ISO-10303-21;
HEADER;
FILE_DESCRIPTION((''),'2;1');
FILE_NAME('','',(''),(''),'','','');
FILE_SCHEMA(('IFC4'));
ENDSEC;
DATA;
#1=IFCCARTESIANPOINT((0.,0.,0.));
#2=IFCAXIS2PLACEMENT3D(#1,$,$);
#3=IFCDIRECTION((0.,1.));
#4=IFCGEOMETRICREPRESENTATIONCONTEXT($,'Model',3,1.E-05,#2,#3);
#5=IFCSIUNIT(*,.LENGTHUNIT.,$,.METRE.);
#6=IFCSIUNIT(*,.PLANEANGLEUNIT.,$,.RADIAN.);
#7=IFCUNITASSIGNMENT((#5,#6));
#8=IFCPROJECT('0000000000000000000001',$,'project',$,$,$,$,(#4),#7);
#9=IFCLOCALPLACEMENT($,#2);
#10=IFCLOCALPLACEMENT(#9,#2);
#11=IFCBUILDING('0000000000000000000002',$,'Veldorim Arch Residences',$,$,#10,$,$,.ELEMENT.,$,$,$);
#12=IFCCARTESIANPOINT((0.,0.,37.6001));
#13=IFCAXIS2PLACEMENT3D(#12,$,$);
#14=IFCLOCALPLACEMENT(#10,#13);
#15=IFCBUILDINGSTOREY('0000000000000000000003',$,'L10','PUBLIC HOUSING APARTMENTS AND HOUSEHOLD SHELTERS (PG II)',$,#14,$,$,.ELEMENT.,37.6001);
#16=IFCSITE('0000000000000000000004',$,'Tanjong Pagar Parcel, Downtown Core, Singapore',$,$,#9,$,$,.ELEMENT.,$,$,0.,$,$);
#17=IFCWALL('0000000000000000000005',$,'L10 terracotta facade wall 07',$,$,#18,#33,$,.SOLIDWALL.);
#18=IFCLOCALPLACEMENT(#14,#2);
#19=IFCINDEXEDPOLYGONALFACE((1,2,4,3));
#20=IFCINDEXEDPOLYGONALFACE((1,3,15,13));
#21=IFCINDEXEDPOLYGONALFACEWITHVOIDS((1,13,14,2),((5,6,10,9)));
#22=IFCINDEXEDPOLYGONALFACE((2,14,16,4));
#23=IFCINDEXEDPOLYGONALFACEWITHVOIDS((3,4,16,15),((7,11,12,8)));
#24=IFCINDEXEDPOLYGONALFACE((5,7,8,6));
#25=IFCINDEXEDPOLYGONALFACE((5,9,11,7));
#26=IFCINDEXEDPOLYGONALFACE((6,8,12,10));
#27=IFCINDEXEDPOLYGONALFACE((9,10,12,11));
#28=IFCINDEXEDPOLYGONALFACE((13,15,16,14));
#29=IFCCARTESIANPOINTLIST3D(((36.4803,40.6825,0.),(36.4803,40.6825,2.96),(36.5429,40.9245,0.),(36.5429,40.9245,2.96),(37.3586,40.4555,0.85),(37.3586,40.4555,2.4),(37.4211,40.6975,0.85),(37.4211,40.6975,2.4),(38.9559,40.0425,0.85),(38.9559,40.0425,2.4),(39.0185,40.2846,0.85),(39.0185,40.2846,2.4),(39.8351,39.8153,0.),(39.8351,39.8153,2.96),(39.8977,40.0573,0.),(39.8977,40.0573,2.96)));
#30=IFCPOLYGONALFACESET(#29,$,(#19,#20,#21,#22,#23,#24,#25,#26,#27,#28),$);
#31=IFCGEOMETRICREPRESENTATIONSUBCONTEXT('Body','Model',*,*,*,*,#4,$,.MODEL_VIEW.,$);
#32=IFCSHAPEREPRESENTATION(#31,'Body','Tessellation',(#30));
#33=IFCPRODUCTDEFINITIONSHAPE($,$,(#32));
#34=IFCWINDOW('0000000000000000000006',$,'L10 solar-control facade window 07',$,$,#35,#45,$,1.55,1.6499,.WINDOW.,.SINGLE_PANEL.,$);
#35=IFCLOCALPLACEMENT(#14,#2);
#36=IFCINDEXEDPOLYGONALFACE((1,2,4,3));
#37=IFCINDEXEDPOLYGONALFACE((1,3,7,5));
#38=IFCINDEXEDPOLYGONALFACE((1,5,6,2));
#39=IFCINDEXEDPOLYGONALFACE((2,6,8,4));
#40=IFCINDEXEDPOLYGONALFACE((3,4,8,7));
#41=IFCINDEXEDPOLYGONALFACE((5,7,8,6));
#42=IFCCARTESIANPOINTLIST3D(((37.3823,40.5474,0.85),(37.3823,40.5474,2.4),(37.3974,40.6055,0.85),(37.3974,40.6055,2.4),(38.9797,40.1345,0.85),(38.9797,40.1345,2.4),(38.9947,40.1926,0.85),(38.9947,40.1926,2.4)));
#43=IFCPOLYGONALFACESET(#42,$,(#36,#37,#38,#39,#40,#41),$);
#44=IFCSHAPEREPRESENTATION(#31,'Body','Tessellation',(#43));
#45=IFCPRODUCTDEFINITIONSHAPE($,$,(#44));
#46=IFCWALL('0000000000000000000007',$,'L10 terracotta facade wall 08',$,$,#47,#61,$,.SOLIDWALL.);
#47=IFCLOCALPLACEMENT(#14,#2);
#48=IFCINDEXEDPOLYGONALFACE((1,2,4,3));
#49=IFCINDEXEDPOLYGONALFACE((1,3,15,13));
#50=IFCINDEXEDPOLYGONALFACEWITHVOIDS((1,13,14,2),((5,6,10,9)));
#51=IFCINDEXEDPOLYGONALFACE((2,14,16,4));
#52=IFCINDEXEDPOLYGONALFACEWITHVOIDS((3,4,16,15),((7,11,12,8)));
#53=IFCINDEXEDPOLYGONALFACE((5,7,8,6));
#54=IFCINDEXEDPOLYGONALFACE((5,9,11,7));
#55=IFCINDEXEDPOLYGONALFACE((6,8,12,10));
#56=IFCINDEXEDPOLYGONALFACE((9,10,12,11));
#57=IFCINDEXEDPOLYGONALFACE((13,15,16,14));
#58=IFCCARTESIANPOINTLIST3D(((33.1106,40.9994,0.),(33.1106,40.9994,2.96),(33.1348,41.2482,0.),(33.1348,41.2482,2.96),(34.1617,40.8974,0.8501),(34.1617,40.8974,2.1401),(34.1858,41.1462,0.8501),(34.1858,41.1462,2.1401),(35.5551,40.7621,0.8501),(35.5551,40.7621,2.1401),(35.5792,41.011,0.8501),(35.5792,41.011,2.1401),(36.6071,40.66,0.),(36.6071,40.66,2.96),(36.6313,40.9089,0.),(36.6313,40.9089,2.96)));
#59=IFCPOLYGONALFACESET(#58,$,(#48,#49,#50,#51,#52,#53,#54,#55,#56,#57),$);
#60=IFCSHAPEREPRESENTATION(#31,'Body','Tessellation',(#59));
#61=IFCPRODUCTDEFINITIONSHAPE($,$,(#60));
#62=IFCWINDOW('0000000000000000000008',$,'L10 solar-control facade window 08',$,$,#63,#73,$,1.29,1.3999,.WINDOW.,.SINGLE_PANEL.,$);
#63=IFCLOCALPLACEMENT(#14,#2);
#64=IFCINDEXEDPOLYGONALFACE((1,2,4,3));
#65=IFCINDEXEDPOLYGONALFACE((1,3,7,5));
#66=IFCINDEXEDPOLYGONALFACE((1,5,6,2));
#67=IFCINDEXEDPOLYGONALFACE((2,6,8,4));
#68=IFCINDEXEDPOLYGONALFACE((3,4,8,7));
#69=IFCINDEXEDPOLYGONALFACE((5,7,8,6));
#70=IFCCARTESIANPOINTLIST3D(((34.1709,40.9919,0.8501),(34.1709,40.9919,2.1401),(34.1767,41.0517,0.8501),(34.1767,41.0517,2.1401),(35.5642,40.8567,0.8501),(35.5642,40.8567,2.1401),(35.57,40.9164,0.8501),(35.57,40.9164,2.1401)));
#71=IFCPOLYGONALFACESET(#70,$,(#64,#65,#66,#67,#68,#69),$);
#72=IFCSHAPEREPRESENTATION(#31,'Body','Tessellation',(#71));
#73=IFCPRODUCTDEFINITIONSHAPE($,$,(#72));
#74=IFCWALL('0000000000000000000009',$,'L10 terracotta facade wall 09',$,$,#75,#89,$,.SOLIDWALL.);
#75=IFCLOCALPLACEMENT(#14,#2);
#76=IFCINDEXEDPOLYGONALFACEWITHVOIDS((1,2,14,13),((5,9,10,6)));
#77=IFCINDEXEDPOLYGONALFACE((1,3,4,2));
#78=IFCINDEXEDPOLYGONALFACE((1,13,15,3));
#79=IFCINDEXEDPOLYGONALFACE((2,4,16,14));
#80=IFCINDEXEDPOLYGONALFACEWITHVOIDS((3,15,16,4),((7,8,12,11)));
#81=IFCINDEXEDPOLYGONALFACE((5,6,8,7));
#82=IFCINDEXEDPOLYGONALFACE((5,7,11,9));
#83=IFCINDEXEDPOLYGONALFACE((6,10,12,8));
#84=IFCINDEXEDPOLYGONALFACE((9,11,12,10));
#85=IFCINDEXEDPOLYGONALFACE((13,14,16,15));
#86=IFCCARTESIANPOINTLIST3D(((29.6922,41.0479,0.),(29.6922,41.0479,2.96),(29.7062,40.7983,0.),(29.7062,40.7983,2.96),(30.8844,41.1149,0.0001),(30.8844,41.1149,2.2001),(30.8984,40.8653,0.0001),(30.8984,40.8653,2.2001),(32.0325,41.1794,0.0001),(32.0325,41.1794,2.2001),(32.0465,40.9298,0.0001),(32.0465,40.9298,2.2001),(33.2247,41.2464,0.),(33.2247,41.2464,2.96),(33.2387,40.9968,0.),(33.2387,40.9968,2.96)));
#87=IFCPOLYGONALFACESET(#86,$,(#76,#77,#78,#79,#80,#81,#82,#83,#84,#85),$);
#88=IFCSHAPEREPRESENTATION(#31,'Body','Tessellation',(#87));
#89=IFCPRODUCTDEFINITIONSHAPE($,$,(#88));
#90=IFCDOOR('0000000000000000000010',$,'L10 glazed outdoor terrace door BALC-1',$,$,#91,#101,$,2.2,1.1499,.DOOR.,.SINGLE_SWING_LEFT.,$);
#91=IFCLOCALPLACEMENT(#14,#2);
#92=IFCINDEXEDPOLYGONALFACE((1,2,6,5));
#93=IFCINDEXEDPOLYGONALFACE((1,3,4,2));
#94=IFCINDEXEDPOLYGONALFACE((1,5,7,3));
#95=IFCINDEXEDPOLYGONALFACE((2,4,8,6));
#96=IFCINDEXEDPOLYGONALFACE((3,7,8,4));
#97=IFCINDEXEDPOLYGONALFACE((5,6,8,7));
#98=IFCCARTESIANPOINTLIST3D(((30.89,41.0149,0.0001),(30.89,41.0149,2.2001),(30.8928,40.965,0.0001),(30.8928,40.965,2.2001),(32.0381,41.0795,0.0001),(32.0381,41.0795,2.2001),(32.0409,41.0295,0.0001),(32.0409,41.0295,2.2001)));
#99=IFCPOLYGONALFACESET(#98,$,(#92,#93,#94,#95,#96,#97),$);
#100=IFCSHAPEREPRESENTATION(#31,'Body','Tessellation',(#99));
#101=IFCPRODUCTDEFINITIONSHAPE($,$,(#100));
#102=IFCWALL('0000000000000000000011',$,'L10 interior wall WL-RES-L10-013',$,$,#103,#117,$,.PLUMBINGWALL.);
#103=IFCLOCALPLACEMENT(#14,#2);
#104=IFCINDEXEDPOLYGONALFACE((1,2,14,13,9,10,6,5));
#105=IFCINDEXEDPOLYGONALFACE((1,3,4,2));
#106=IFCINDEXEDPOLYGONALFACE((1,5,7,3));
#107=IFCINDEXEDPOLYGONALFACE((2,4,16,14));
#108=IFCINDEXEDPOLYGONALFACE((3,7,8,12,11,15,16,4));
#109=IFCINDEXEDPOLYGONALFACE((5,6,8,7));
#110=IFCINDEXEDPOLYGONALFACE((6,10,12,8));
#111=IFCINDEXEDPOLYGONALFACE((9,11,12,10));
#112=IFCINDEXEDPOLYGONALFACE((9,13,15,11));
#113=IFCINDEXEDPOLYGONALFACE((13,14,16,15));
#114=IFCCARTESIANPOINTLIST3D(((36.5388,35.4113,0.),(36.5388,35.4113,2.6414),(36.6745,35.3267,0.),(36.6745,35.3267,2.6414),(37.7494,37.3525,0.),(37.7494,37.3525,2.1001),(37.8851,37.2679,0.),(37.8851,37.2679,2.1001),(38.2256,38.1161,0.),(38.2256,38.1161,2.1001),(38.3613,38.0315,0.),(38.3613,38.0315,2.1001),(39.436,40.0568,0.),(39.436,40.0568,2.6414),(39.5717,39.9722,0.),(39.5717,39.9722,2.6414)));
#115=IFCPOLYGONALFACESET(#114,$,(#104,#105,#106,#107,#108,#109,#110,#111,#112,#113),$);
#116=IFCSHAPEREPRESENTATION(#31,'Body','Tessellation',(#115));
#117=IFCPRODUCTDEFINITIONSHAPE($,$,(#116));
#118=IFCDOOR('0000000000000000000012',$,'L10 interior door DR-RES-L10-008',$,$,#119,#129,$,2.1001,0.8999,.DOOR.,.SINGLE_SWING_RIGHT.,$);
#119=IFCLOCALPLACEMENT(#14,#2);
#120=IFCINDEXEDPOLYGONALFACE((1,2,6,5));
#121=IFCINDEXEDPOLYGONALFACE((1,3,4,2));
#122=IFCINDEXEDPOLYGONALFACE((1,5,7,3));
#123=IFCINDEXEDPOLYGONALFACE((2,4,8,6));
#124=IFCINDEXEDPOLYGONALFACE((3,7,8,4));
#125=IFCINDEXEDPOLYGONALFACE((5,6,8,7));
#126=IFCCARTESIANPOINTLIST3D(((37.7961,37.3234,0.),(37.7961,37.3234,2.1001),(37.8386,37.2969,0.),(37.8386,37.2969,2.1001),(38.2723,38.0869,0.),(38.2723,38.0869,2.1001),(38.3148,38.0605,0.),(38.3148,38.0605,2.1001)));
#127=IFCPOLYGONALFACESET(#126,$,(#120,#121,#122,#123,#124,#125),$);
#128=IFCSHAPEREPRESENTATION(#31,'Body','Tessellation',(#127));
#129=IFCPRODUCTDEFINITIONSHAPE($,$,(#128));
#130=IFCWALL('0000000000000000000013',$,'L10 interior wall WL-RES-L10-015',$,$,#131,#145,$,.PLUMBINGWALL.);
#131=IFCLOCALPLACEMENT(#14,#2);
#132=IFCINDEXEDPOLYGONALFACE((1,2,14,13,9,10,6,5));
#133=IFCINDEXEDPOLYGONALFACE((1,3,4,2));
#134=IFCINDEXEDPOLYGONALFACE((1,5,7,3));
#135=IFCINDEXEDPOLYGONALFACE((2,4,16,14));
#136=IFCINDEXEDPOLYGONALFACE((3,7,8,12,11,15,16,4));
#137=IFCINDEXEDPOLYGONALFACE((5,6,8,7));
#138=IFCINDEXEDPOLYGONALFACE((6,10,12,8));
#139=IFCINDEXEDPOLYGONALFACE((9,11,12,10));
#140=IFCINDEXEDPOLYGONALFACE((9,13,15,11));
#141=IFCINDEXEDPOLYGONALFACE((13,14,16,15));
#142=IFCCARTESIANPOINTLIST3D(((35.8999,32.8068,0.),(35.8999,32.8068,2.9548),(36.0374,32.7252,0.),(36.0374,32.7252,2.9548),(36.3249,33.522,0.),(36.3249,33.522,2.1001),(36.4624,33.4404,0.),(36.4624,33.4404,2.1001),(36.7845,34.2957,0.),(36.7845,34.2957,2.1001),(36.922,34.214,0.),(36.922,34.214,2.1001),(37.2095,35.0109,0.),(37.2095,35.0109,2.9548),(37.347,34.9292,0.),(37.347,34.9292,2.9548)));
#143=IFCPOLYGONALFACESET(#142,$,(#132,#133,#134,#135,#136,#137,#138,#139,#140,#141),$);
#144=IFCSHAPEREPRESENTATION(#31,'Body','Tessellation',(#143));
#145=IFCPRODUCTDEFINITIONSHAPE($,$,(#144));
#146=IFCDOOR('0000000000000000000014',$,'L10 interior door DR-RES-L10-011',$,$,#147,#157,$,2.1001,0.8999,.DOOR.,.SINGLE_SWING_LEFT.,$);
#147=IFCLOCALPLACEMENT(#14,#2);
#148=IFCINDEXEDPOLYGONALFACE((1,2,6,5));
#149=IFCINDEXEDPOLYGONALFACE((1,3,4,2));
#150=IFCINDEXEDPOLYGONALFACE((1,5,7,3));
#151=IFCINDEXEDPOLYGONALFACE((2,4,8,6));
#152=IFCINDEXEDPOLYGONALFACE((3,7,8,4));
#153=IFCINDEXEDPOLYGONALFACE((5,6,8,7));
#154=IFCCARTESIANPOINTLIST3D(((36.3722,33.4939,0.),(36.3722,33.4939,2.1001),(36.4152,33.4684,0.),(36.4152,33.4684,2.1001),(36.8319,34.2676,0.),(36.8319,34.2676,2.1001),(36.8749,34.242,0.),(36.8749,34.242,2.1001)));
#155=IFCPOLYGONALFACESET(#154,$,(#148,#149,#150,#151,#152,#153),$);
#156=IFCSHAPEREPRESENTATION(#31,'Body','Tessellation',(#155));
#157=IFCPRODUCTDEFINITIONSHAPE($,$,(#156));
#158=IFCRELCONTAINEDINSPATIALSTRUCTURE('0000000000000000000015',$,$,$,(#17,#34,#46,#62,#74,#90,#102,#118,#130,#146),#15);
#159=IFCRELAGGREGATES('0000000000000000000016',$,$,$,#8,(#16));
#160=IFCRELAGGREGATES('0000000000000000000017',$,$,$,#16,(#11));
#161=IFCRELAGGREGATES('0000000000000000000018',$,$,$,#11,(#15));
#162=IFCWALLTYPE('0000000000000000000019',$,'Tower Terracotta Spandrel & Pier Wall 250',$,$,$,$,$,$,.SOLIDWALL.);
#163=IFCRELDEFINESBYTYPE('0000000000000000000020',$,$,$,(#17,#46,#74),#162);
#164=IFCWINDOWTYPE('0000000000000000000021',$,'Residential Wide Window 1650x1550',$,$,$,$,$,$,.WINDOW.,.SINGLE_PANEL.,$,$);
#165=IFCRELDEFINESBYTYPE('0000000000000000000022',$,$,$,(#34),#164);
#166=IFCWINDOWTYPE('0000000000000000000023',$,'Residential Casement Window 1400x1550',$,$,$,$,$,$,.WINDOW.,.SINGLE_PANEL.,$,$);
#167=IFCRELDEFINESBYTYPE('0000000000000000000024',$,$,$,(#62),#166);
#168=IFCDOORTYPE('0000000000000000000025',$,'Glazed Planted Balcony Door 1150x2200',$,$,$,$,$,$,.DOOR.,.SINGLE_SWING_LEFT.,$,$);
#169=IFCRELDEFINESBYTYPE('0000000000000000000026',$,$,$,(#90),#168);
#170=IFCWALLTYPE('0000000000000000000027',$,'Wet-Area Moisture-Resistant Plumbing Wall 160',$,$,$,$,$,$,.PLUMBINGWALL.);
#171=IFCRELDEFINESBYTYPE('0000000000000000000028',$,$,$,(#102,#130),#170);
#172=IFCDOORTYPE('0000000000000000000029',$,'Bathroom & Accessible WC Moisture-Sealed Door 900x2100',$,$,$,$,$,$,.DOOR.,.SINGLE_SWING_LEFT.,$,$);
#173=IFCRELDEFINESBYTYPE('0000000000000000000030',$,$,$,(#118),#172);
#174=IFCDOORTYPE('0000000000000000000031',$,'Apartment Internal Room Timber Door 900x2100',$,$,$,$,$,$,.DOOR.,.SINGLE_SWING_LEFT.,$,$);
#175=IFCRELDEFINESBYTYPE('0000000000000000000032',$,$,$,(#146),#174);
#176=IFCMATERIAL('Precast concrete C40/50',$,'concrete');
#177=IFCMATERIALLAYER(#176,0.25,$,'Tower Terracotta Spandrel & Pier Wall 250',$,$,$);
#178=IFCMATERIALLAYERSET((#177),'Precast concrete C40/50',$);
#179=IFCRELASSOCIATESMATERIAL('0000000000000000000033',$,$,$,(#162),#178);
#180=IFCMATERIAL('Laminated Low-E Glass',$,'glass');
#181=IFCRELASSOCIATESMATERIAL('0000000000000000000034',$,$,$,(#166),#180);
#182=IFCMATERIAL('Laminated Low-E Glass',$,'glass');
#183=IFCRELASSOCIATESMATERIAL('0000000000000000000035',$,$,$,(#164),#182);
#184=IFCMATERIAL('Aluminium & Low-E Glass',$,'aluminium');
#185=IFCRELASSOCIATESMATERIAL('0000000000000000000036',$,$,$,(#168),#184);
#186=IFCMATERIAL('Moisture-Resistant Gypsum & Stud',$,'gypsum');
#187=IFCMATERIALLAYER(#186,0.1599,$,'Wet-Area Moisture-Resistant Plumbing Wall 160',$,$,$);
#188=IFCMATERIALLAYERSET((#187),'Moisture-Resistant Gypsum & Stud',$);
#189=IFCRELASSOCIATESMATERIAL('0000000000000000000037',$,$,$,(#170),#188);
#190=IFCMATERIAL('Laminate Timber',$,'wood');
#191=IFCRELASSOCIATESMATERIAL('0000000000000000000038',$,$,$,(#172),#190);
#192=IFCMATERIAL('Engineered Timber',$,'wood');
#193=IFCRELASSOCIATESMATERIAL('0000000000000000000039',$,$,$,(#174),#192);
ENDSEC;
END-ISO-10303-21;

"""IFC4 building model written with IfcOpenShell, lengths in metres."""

from ifc_helpers import new_model, si_unit, direction, frame, frame_2d, origin, place, context, subcontext, project, spatial, rectangle, extrude, material, layer, layer_set, type_object, element, fill, save


model = new_model("IFC4")

# Units and contexts
model_context = context("Model", 3, precision=1e-05, world=origin(), true_north=direction((0.0, 1.0)))
body_context = subcontext(model_context, "Body", "Model", "MODEL_VIEW")
ifc_project = project(units=[si_unit("LENGTHUNIT", "METRE"), si_unit("PLANEANGLEUNIT", "RADIAN")], contexts=[model_context])

# Site, building, storey
site_placement = place(None, origin())
site = spatial("IfcSite", under=ifc_project, at=site_placement, Name="Tanjong Pagar Parcel, Downtown Core, Singapore", CompositionType="ELEMENT", RefElevation=0.0)
building_placement = place(site_placement, origin())
building = spatial("IfcBuilding", under=site, at=building_placement, Name="Veldorim Arch Residences", CompositionType="ELEMENT")
storey_placement = place(building_placement, frame((0.0, 0.0, 37.6001)))
storey = spatial("IfcBuildingStorey", under=building, at=storey_placement, Name="L10", Description="PUBLIC HOUSING APARTMENTS AND HOUSEHOLD SHELTERS (PG II)", CompositionType="ELEMENT", Elevation=37.6001)

# Walls, openings, windows
ifc_material_1 = material(Name="Precast concrete C40/50", Category="concrete")
ifc_layer_1 = layer(ifc_material_1, 0.25, Name="Tower Terracotta Spandrel & Pier Wall 250")
ifc_layer_set_1 = layer_set([ifc_layer_1], Name="Precast concrete C40/50")
wall_type_1 = type_object("IfcWallType", Name="Tower Terracotta Spandrel & Pier Wall 250", PredefinedType="SOLIDWALL", material=ifc_layer_set_1)
ifc_material_2 = material(Name="Laminated Low-E Glass", Category="glass")
window_type_1 = type_object("IfcWindowType", Name="Residential Casement Window 1400x1550", PartitioningType="SINGLE_PANEL", PredefinedType="WINDOW", material=ifc_material_2)
wall_1_placement = place(storey_placement, frame((36.5117, 40.8035, 0.0), z_axis=(0.0, 0.0, 1.0), x_axis=(0.968176, -0.25027, 0.0)))
wall_1 = element("IfcWall", 1, at=wall_1_placement, inside=storey, type_object=wall_type_1, Name="L10 terracotta facade wall 07", PredefinedType="SOLIDWALL", context=body_context, shape_type="SweptSolid", body=[
    extrude(rectangle(XDim=3.4651, YDim=0.25, at=frame_2d((1.7324, 0.0))), origin(), (0.0, 0.0, 1.0), 2.96),
])
opening_1_placement = place(wall_1_placement, frame((0.907, 0.0, 0.8501)))
opening_1 = element("IfcOpeningElement", 2, at=opening_1_placement, cuts=wall_1, PredefinedType="OPENING", context=body_context, shape_type="SweptSolid", body=[
    extrude(rectangle(XDim=1.6499, YDim=1.55, at=frame_2d((0.825, 0.7749))), frame((0.0, 0.135, 0.0), z_axis=(0.0, -1.0, 0.0), x_axis=(1.0, 0.0, 0.0)), (0.0, 0.0, 1.0), 0.27),
])
ifc_material_3 = material(Name="Laminated Low-E Glass", Category="glass")
window_type_2 = type_object("IfcWindowType", Name="Residential Wide Window 1650x1550", PartitioningType="SINGLE_PANEL", PredefinedType="WINDOW", material=ifc_material_3)
window_1_placement = place(opening_1_placement, origin())
window_1 = element("IfcWindow", 3, at=window_1_placement, inside=storey, type_object=window_type_2, Name="L10 solar-control facade window 07", OverallHeight=1.55, OverallWidth=1.6499, PartitioningType="SINGLE_PANEL", PredefinedType="WINDOW", context=body_context, shape_type="SweptSolid", body=[
    extrude(rectangle(XDim=1.6499, YDim=1.55, at=frame_2d((0.825, 0.7749))), frame((0.0, 0.03, 0.0), z_axis=(0.0, -1.0, 0.0), x_axis=(1.0, 0.0, 0.0)), (0.0, 0.0, 1.0), 0.0601),
])
fill(opening_1, window_1)
wall_2_placement = place(storey_placement, frame((33.1228, 41.1238, 0.0), z_axis=(0.0, 0.0, 1.0), x_axis=(0.995323, -0.0966, 0.0)))
wall_2 = element("IfcWall", 4, at=wall_2_placement, inside=storey, type_object=wall_type_1, Name="L10 terracotta facade wall 08", PredefinedType="SOLIDWALL", context=body_context, shape_type="SweptSolid", body=[
    extrude(rectangle(XDim=3.5129, YDim=0.25, at=frame_2d((1.7563, 0.0))), origin(), (0.0, 0.0, 1.0), 2.96),
])
opening_2_placement = place(wall_2_placement, frame((1.0559, 0.0, 0.8501)))
opening_2 = element("IfcOpeningElement", 5, at=opening_2_placement, cuts=wall_2, PredefinedType="OPENING", context=body_context, shape_type="SweptSolid", body=[
    extrude(rectangle(XDim=1.3999, YDim=1.29, at=frame_2d((0.7, 0.645))), frame((0.0, 0.135, 0.0), z_axis=(0.0, -1.0, 0.0), x_axis=(1.0, 0.0, 0.0)), (0.0, 0.0, 1.0), 0.27),
])
window_2_placement = place(opening_2_placement, origin())
window_2 = element("IfcWindow", 6, at=window_2_placement, inside=storey, type_object=window_type_1, Name="L10 solar-control facade window 08", OverallHeight=1.29, OverallWidth=1.3999, PartitioningType="SINGLE_PANEL", PredefinedType="WINDOW", context=body_context, shape_type="SweptSolid", body=[
    extrude(rectangle(XDim=1.3999, YDim=1.29, at=frame_2d((0.7, 0.645))), frame((0.0, 0.03, 0.0), z_axis=(0.0, -1.0, 0.0), x_axis=(1.0, 0.0, 0.0)), (0.0, 0.0, 1.0), 0.0601),
])
fill(opening_2, window_2)

# Walls, openings, doors
wall_3_placement = place(storey_placement, frame((29.6992, 40.9231, 0.0), z_axis=(0.0, 0.0, 1.0), x_axis=(0.998425, 0.056101, 0.0)))
wall_3 = element("IfcWall", 7, at=wall_3_placement, inside=storey, type_object=wall_type_1, Name="L10 terracotta facade wall 09", PredefinedType="SOLIDWALL", context=body_context, shape_type="SweptSolid", body=[
    extrude(rectangle(XDim=3.5381, YDim=0.25, at=frame_2d((1.769, 0.0))), origin(), (0.0, 0.0, 1.0), 2.96),
])
opening_3_placement = place(wall_3_placement, frame((1.1941, 0.0, 0.0)))
opening_3 = element("IfcOpeningElement", 8, at=opening_3_placement, cuts=wall_3, PredefinedType="OPENING", context=body_context, shape_type="SweptSolid", body=[
    extrude(rectangle(XDim=1.1499, YDim=2.2, at=frame_2d((0.575, 1.1001))), frame((0.0, 0.135, 0.0), z_axis=(0.0, -1.0, 0.0), x_axis=(1.0, 0.0, 0.0)), (0.0, 0.0, 1.0), 0.27),
])
ifc_material_4 = material(Name="Aluminium & Low-E Glass", Category="aluminium")
door_type_1 = type_object("IfcDoorType", Name="Glazed Planted Balcony Door 1150x2200", OperationType="SINGLE_SWING_LEFT", PredefinedType="DOOR", material=ifc_material_4)
door_1_placement = place(opening_3_placement, origin())
door_1 = element("IfcDoor", 9, at=door_1_placement, inside=storey, type_object=door_type_1, Name="L10 glazed outdoor terrace door BALC-1", OperationType="SINGLE_SWING_LEFT", OverallHeight=2.2, OverallWidth=1.1499, PredefinedType="DOOR", context=body_context, shape_type="SweptSolid", body=[
    extrude(rectangle(XDim=1.1499, YDim=2.2, at=frame_2d((0.575, 1.1001))), frame((0.0, 0.0249, 0.0), z_axis=(0.0, -1.0, 0.0), x_axis=(1.0, 0.0, 0.0)), (0.0, 0.0, 1.0), 0.05),
])
fill(opening_3, door_1)
ifc_material_5 = material(Name="Moisture-Resistant Gypsum & Stud", Category="gypsum")
ifc_layer_2 = layer(ifc_material_5, 0.1599, Name="Wet-Area Moisture-Resistant Plumbing Wall 160")
ifc_layer_set_2 = layer_set([ifc_layer_2], Name="Moisture-Resistant Gypsum & Stud")
wall_type_2 = type_object("IfcWallType", Name="Wet-Area Moisture-Resistant Plumbing Wall 160", PredefinedType="PLUMBINGWALL", material=ifc_layer_set_2)
wall_4_placement = place(storey_placement, frame((36.6067, 35.3691, 0.0), z_axis=(0.0, 0.0, 1.0), x_axis=(0.529181, 0.848509, 0.0)))
wall_4 = element("IfcWall", 10, at=wall_4_placement, inside=storey, type_object=wall_type_2, Name="L10 interior wall WL-RES-L10-013", PredefinedType="PLUMBINGWALL", context=body_context, shape_type="SweptSolid", body=[
    extrude(rectangle(XDim=5.4749, YDim=0.1599, at=frame_2d((2.7373, 0.0))), origin(), (0.0, 0.0, 1.0), 2.6414),
])
opening_4_placement = place(wall_4_placement, frame((2.2876, 0.0, 0.0)))
opening_4 = element("IfcOpeningElement", 11, at=opening_4_placement, cuts=wall_4, PredefinedType="OPENING", context=body_context, shape_type="SweptSolid", body=[
    extrude(rectangle(XDim=0.8999, YDim=2.1001, at=frame_2d((0.45, 1.05))), frame((0.0, 0.0898, 0.0), z_axis=(0.0, -1.0, 0.0), x_axis=(1.0, 0.0, 0.0)), (0.0, 0.0, 1.0), 0.1799),
])
ifc_material_6 = material(Name="Laminate Timber", Category="wood")
door_type_2 = type_object("IfcDoorType", Name="Bathroom & Accessible WC Moisture-Sealed Door 900x2100", OperationType="SINGLE_SWING_LEFT", PredefinedType="DOOR", material=ifc_material_6)
door_2_placement = place(opening_4_placement, origin())
door_2 = element("IfcDoor", 12, at=door_2_placement, inside=storey, type_object=door_type_2, Name="L10 interior door DR-RES-L10-008", OperationType="SINGLE_SWING_RIGHT", OverallHeight=2.1001, OverallWidth=0.8999, PredefinedType="DOOR", context=body_context, shape_type="SweptSolid", body=[
    extrude(rectangle(XDim=0.8999, YDim=2.1001, at=frame_2d((0.45, 1.05))), frame((0.0, 0.0249, 0.0), z_axis=(0.0, -1.0, 0.0), x_axis=(1.0, 0.0, 0.0)), (0.0, 0.0, 1.0), 0.05),
])
fill(opening_4, door_2)
wall_5_placement = place(storey_placement, frame((35.9688, 32.7661, 0.0), z_axis=(0.0, 0.0, 1.0), x_axis=(0.510794, 0.859703, 0.0)))
wall_5 = element("IfcWall", 13, at=wall_5_placement, inside=storey, type_object=wall_type_2, Name="L10 interior wall WL-RES-L10-015", PredefinedType="PLUMBINGWALL", context=body_context, shape_type="SweptSolid", body=[
    extrude(rectangle(XDim=2.5637, YDim=0.1599, at=frame_2d((1.2817, 0.0))), origin(), (0.0, 0.0, 1.0), 2.9548),
])
opening_5_placement = place(wall_5_placement, frame((0.8318, 0.0, 0.0)))
opening_5 = element("IfcOpeningElement", 14, at=opening_5_placement, cuts=wall_5, PredefinedType="OPENING", context=body_context, shape_type="SweptSolid", body=[
    extrude(rectangle(XDim=0.8999, YDim=2.1001, at=frame_2d((0.45, 1.05))), frame((0.0, 0.0898, 0.0), z_axis=(0.0, -1.0, 0.0), x_axis=(1.0, 0.0, 0.0)), (0.0, 0.0, 1.0), 0.1799),
])
ifc_material_7 = material(Name="Engineered Timber", Category="wood")
door_type_3 = type_object("IfcDoorType", Name="Apartment Internal Room Timber Door 900x2100", OperationType="SINGLE_SWING_LEFT", PredefinedType="DOOR", material=ifc_material_7)
door_3_placement = place(opening_5_placement, origin())
door_3 = element("IfcDoor", 15, at=door_3_placement, inside=storey, type_object=door_type_3, Name="L10 interior door DR-RES-L10-011", OperationType="SINGLE_SWING_LEFT", OverallHeight=2.1001, OverallWidth=0.8999, PredefinedType="DOOR", context=body_context, shape_type="SweptSolid", body=[
    extrude(rectangle(XDim=0.8999, YDim=2.1001, at=frame_2d((0.45, 1.05))), frame((0.0, 0.0249, 0.0), z_axis=(0.0, -1.0, 0.0), x_axis=(1.0, 0.0, 0.0)), (0.0, 0.0, 1.0), 0.05),
])
fill(opening_5, door_3)

save(model, "model.ifc")
